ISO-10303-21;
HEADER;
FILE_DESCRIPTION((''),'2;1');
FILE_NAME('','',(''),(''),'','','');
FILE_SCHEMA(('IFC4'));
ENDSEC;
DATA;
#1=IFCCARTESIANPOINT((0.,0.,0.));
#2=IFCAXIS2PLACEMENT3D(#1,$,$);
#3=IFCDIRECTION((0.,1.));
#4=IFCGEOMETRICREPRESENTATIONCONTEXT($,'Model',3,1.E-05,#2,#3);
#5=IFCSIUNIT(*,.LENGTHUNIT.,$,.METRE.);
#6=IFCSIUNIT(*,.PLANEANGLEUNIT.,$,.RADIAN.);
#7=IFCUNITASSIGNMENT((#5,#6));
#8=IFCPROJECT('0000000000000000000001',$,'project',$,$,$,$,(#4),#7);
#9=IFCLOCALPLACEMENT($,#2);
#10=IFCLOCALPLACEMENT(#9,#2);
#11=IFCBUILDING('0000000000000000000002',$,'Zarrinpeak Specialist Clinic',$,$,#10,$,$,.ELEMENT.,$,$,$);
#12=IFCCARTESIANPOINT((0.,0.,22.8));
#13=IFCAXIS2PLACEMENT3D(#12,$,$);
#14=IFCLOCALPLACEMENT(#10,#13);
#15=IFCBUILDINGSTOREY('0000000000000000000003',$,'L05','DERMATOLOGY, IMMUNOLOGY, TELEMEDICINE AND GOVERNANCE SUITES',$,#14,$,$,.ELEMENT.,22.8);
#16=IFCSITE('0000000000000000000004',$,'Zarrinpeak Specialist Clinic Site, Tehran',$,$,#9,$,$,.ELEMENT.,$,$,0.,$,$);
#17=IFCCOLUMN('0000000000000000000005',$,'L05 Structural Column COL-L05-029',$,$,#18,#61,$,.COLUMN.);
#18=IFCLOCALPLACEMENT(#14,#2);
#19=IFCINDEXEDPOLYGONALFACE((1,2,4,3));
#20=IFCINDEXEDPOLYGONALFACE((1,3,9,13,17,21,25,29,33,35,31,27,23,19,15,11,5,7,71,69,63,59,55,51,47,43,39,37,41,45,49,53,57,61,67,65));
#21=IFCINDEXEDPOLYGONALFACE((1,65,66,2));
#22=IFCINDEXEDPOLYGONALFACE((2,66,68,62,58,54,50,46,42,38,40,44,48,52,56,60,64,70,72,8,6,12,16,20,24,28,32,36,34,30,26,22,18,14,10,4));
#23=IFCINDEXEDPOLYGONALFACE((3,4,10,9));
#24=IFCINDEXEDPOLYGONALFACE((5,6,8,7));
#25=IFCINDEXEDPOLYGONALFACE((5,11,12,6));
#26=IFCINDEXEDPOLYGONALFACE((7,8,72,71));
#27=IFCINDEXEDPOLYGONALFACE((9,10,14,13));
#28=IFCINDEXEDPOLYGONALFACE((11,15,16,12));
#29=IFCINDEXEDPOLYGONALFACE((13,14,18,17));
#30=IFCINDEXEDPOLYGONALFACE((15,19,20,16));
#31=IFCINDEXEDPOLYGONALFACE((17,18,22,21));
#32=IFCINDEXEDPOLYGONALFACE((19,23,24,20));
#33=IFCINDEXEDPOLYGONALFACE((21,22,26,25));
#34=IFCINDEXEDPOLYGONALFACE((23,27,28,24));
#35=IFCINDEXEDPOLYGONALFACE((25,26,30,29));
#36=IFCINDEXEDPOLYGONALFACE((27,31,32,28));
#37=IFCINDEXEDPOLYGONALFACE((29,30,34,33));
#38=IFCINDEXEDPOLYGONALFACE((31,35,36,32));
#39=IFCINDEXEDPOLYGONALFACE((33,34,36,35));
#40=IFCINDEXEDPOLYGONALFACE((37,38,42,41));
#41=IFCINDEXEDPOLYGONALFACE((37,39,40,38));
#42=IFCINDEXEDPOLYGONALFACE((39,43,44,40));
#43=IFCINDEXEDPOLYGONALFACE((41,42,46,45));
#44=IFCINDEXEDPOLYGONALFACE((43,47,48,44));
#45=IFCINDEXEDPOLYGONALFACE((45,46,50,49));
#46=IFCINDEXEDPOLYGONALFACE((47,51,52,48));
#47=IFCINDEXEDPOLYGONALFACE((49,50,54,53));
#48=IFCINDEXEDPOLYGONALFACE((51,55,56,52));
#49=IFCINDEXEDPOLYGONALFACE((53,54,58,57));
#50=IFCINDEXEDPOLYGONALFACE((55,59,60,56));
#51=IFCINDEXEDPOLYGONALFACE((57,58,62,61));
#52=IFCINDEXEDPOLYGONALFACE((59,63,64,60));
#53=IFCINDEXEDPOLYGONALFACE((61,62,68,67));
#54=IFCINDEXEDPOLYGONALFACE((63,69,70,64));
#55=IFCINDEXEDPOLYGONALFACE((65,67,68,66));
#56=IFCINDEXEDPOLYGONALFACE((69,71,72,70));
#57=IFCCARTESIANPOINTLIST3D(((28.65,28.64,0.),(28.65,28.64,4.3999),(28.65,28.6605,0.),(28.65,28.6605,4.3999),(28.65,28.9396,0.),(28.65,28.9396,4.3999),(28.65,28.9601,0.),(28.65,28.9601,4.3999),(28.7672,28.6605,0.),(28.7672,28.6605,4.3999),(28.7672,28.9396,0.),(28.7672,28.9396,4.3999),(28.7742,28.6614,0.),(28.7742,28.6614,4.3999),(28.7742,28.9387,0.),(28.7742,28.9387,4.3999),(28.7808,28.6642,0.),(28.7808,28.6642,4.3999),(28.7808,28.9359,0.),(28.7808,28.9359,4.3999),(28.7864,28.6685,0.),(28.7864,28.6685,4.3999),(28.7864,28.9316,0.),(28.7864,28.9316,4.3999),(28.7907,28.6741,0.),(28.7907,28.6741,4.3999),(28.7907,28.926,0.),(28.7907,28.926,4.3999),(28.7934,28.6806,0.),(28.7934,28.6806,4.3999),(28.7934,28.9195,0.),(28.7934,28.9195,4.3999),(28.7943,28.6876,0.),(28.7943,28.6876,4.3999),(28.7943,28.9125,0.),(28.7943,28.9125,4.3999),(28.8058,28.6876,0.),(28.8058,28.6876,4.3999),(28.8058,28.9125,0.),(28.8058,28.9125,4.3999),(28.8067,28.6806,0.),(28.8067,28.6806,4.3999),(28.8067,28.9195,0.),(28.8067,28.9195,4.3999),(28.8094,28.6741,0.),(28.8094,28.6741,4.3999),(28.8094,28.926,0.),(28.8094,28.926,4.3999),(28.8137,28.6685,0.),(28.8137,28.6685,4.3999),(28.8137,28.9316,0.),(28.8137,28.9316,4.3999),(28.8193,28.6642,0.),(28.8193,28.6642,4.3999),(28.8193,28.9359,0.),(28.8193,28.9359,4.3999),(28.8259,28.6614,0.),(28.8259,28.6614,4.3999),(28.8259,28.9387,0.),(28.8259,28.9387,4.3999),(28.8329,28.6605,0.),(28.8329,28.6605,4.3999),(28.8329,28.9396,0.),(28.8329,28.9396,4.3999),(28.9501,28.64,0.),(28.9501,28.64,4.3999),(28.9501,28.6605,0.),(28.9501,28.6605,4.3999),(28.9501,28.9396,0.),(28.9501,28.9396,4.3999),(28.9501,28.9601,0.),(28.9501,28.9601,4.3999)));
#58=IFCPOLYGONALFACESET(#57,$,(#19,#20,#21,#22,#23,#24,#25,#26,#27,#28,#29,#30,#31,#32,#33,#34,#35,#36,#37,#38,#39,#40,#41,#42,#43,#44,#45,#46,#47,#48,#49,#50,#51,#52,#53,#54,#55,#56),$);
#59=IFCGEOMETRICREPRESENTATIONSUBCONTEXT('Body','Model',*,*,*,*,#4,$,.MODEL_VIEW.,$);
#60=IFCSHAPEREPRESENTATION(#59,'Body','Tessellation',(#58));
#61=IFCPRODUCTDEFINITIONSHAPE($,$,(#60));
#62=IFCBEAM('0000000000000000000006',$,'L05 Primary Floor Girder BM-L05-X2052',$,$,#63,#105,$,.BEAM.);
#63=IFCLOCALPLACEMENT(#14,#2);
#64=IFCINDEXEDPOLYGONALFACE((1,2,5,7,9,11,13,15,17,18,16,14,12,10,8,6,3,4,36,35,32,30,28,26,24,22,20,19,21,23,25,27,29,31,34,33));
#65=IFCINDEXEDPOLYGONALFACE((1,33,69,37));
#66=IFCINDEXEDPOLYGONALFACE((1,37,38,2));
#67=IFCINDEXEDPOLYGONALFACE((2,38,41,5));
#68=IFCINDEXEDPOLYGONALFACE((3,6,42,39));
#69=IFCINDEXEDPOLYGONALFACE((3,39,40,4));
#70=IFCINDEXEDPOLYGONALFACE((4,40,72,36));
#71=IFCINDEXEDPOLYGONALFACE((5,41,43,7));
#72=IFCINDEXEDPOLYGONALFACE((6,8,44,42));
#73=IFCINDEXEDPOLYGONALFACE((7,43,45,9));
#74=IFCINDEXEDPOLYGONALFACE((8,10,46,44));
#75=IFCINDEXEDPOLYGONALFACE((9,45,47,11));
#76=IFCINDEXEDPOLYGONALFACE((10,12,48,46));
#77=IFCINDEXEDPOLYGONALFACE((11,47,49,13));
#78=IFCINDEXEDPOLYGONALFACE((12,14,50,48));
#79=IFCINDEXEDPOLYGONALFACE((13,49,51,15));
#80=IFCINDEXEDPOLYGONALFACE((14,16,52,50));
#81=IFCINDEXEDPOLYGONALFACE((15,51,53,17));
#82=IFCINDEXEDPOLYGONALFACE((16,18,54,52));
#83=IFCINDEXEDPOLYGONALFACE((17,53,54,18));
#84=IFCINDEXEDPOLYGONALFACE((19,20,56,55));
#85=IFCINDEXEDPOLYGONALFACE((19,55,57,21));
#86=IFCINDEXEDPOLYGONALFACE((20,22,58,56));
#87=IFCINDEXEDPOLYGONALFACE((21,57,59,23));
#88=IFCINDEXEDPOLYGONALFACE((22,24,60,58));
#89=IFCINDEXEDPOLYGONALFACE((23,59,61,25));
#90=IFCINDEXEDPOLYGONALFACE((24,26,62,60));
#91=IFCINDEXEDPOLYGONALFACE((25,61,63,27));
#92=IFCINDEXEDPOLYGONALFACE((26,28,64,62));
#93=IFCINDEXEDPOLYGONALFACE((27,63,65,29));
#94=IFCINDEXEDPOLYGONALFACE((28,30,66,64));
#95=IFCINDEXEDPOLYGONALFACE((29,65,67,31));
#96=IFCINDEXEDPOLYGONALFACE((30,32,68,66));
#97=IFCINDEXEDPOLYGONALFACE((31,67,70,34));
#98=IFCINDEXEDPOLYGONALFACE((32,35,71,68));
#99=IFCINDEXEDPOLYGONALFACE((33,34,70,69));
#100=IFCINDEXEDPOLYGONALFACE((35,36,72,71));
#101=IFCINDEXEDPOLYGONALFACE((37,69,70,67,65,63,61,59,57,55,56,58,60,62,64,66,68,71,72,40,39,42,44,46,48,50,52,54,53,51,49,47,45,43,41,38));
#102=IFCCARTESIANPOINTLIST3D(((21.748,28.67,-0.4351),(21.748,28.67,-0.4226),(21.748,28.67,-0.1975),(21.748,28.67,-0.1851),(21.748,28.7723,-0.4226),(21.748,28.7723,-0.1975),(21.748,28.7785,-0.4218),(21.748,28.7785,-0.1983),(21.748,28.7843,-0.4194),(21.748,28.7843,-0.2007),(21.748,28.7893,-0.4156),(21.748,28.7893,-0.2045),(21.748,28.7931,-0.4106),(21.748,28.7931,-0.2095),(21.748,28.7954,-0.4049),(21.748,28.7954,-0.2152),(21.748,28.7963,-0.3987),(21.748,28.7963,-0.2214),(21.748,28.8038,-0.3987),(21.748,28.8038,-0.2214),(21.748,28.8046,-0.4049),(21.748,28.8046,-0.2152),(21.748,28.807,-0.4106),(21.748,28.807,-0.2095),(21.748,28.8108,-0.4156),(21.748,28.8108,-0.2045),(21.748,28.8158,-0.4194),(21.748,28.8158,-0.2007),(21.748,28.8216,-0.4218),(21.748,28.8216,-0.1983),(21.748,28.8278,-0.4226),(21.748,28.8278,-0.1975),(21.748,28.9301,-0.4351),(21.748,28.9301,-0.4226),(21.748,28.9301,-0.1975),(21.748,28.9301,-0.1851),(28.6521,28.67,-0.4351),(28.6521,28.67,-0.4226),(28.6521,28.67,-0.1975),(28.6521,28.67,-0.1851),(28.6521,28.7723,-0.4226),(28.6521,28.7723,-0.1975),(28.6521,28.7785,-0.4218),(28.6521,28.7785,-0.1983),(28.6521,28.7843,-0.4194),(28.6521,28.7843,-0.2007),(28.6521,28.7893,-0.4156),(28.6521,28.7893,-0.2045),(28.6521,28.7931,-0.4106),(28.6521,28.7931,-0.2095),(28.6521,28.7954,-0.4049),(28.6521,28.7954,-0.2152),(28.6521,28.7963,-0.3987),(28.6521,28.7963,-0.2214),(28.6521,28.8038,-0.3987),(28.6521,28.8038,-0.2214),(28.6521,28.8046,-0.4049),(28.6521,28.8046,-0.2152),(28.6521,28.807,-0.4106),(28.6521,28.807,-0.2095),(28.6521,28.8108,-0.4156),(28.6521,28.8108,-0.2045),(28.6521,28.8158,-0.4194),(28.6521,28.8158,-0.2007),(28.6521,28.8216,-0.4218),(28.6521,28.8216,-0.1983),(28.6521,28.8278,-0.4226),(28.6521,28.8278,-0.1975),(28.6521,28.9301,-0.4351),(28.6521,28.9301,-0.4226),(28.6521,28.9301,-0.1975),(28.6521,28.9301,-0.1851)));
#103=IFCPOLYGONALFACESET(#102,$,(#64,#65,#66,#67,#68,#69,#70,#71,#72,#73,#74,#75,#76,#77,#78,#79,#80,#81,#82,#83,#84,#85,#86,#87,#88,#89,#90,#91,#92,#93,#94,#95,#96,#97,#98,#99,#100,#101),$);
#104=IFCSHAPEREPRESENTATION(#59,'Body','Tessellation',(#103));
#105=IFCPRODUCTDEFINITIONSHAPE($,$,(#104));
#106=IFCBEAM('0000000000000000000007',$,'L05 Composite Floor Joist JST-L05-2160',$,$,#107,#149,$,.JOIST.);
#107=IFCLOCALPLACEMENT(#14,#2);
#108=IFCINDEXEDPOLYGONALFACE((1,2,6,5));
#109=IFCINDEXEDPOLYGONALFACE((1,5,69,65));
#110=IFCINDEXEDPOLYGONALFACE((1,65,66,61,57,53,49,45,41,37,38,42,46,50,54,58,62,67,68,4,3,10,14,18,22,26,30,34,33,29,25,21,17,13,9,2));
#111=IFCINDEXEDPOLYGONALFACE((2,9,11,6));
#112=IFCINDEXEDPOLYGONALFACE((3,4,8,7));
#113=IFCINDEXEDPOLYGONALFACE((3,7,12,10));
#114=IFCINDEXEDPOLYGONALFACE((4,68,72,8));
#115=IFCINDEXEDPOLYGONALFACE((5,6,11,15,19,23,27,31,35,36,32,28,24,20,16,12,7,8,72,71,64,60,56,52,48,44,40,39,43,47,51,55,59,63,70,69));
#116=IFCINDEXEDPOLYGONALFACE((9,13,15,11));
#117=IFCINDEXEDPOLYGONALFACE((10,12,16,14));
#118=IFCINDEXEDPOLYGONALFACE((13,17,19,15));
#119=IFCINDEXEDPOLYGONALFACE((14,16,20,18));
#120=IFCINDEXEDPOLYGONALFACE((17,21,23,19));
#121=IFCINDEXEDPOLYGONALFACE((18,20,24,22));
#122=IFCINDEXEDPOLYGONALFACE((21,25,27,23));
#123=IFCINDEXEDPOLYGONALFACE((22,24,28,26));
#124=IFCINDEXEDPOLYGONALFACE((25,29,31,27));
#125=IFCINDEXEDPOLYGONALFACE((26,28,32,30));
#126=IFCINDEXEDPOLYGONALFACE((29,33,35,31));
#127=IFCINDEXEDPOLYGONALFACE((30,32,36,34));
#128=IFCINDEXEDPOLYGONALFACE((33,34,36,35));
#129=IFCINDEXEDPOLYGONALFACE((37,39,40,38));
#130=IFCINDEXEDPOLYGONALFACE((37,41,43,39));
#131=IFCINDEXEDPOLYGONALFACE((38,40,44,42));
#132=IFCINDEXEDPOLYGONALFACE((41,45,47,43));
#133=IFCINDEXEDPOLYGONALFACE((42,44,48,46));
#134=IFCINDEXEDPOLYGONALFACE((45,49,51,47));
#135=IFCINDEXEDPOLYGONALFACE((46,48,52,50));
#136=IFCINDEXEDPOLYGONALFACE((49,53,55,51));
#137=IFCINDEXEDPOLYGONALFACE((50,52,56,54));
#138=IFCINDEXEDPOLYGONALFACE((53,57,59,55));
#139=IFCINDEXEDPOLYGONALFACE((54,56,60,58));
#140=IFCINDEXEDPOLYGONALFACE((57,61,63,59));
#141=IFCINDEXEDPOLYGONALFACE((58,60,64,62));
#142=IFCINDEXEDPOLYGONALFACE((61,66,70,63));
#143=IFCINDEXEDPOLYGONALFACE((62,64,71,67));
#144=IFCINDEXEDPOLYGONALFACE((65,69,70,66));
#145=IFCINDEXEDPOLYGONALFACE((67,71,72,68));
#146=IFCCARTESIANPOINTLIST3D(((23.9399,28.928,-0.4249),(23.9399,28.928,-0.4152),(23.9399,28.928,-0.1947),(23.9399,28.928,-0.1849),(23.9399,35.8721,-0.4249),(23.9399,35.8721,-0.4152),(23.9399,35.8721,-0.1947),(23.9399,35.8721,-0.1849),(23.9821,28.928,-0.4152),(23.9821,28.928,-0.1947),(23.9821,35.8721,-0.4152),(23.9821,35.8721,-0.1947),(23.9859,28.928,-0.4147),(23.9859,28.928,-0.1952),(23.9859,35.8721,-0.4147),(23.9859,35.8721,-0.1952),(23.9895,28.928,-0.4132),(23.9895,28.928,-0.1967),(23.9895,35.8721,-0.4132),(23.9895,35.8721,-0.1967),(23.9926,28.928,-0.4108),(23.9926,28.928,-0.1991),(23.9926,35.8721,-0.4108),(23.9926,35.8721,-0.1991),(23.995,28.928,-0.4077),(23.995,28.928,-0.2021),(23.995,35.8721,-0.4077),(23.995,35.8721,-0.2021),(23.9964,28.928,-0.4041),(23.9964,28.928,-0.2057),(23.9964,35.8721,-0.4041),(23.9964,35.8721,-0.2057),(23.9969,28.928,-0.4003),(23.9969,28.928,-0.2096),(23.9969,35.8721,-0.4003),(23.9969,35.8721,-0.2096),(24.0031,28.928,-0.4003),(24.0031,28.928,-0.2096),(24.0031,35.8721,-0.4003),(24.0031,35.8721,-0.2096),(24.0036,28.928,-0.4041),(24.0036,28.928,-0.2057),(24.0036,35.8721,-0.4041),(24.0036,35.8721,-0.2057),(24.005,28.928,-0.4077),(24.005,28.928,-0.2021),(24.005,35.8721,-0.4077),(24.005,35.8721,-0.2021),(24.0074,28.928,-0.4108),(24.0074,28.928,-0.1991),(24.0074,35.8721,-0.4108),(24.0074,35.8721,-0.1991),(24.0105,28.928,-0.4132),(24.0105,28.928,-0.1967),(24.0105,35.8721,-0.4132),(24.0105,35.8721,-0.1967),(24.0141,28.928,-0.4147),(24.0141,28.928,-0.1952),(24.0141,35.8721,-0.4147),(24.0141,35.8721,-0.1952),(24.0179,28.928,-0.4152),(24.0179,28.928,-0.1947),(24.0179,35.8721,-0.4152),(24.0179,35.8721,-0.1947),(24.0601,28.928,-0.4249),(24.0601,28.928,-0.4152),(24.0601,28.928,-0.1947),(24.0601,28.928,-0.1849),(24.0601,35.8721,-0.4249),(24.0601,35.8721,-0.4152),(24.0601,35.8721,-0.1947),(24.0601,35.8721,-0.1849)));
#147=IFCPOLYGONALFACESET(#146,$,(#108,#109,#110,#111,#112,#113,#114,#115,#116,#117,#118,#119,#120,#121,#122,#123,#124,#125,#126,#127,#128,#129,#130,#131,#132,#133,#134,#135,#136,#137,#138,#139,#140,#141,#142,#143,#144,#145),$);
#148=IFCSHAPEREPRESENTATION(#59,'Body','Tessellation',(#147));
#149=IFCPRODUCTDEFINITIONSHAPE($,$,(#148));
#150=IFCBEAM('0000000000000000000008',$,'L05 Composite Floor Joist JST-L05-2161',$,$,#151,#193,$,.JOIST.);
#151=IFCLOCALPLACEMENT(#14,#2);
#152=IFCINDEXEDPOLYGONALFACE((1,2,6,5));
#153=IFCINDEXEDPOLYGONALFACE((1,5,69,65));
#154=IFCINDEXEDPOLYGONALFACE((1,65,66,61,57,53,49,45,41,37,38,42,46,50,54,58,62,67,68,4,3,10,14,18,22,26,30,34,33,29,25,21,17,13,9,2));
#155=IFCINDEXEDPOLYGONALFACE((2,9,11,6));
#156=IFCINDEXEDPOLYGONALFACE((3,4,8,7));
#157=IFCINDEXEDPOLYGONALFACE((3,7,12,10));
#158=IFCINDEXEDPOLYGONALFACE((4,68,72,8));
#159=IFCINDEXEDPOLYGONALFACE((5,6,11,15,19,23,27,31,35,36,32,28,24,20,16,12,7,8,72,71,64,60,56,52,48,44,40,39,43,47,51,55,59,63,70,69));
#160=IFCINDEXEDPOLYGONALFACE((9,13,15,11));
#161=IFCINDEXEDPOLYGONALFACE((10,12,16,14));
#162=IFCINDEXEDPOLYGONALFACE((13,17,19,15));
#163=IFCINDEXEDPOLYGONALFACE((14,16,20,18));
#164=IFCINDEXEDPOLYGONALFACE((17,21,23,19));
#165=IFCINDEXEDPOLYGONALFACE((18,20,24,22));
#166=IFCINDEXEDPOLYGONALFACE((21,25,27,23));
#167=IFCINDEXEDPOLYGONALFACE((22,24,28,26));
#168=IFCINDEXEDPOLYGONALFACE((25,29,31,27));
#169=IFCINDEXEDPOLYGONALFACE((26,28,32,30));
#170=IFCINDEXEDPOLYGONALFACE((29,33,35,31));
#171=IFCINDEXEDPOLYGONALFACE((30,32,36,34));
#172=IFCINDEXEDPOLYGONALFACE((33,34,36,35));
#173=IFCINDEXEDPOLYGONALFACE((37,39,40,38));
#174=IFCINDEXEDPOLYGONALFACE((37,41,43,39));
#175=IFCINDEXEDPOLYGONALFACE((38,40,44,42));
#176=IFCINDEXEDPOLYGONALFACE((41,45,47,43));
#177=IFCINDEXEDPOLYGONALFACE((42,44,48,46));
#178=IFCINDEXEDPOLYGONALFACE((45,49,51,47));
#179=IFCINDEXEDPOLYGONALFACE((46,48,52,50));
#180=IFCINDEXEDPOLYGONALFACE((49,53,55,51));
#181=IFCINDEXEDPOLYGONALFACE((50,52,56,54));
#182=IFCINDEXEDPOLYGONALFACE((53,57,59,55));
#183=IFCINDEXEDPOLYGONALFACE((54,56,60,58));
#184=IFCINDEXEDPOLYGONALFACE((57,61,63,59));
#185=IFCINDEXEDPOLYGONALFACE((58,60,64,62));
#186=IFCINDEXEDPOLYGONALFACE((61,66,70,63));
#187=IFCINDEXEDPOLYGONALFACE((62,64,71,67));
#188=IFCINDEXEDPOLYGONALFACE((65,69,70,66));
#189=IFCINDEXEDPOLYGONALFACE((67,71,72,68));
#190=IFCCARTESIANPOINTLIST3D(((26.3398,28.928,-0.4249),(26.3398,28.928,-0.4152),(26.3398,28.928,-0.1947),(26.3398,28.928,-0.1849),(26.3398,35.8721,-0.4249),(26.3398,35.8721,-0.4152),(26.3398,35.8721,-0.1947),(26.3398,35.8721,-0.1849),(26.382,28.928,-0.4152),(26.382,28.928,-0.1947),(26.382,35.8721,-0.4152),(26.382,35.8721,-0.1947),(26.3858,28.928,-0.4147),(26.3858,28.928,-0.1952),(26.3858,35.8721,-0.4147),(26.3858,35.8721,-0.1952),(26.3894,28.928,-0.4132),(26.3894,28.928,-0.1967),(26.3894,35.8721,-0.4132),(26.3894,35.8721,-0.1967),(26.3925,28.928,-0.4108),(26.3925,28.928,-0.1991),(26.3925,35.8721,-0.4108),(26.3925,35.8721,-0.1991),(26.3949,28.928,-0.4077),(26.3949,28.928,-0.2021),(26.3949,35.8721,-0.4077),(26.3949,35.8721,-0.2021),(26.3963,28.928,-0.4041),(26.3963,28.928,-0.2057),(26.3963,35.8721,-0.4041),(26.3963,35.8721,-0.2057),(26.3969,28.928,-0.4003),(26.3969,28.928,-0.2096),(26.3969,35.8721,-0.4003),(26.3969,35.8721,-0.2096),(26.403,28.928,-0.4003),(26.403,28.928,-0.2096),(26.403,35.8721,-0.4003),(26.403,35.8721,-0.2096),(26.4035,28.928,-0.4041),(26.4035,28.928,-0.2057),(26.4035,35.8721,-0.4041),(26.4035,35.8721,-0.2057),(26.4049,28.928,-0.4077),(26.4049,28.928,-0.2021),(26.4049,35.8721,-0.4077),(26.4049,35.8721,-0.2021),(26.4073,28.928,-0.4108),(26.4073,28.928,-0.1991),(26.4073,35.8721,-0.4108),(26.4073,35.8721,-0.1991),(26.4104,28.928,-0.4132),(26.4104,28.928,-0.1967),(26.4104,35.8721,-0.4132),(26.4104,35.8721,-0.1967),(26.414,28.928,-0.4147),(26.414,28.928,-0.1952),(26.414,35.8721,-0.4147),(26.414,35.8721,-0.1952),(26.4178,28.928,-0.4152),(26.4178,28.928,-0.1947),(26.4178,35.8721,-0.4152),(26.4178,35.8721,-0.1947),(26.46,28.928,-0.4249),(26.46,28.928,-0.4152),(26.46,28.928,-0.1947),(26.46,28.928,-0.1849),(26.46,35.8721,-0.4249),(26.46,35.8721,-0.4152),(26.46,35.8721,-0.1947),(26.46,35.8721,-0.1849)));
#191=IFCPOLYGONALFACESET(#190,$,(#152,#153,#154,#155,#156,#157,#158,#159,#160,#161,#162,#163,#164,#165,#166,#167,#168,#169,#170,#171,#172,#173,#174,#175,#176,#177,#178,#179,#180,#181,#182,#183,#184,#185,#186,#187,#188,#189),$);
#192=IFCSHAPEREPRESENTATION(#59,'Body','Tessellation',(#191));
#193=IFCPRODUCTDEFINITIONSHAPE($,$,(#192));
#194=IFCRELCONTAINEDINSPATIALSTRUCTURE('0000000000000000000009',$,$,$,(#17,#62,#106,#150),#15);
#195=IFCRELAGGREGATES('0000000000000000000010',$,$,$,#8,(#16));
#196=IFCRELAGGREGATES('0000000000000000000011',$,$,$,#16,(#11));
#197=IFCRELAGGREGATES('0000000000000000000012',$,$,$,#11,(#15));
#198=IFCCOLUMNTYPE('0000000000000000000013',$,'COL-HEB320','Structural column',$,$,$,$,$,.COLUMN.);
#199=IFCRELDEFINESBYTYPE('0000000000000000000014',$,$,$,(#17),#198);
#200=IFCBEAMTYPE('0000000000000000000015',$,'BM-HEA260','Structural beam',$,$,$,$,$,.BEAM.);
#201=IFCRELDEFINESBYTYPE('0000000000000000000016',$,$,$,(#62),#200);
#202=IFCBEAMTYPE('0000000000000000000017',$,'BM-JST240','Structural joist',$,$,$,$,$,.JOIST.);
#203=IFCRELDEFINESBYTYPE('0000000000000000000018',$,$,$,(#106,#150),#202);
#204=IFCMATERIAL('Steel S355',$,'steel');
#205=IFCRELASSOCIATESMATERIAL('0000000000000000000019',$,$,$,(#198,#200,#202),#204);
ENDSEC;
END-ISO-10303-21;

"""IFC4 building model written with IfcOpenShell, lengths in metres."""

from ifc_helpers import new_model, si_unit, direction, frame, origin, origin_2d, place, context, subcontext, project, spatial, i_section, extrude, material, material_profile, profile_set, type_object, element, save


model = new_model("IFC4")

# Units and contexts
model_context = context("Model", 3, precision=1e-05, world=origin(), true_north=direction((0.0, 1.0)))
body_context = subcontext(model_context, "Body", "Model", "MODEL_VIEW")
ifc_project = project(units=[si_unit("LENGTHUNIT", "METRE"), si_unit("PLANEANGLEUNIT", "RADIAN")], contexts=[model_context])

# Site, building, storey
site_placement = place(None, origin())
site = spatial("IfcSite", under=ifc_project, at=site_placement, Name="Zarrinpeak Specialist Clinic Site, Tehran", CompositionType="ELEMENT", RefElevation=0.0)
building_placement = place(site_placement, origin())
building = spatial("IfcBuilding", under=site, at=building_placement, Name="Zarrinpeak Specialist Clinic", CompositionType="ELEMENT")
storey_placement = place(building_placement, frame((0.0, 0.0, 22.8)))
storey = spatial("IfcBuildingStorey", under=building, at=storey_placement, Name="L05", Description="DERMATOLOGY, IMMUNOLOGY, TELEMEDICINE AND GOVERNANCE SUITES", CompositionType="ELEMENT", Elevation=22.8)

# Column
ifc_material_1 = material(Name="Steel S355", Category="steel")
ifc_material_profile_1 = material_profile(ifc_material_1, i_section(OverallWidth=0.3, OverallDepth=0.3201, WebThickness=0.0115, FlangeThickness=0.0205, FilletRadius=0.0271, at=origin_2d()), Name="HEB 320")
ifc_profile_set_1 = profile_set([ifc_material_profile_1], Name="Steel S355")
column_type = type_object("IfcColumnType", Name="COL-HEB320", Description="Structural column", PredefinedType="COLUMN", material=ifc_profile_set_1)
column_placement = place(storey_placement, frame((28.8, 28.8, 0.0), z_axis=(0.0, 0.0, 1.0), x_axis=(1.0, 0.0, 0.0)))
element("IfcColumn", 1, at=column_placement, inside=storey, type_object=column_type, Name="L05 Structural Column COL-L05-029", PredefinedType="COLUMN", context=body_context, shape_type="SweptSolid", body=[
    extrude(i_section(OverallWidth=0.3, OverallDepth=0.3201, WebThickness=0.0115, FlangeThickness=0.0205, FilletRadius=0.0271, at=origin_2d()), origin(), (0.0, 0.0, 1.0), 4.3999),
])

# Beams
ifc_material_profile_2 = material_profile(ifc_material_1, i_section(OverallWidth=0.26, OverallDepth=0.25, WebThickness=0.0076, FlangeThickness=0.0125, FilletRadius=0.0239, at=origin_2d()), Name="HEA 260")
ifc_profile_set_2 = profile_set([ifc_material_profile_2], Name="Steel S355")
beam_type_1 = type_object("IfcBeamType", Name="BM-HEA260", Description="Structural beam", PredefinedType="BEAM", material=ifc_profile_set_2)
beam_1_placement = place(storey_placement, frame((21.748, 28.8, -0.3101), z_axis=(1.0, 0.0, 0.0), x_axis=(0.0, 1.0, 0.0)))
element("IfcBeam", 2, at=beam_1_placement, inside=storey, type_object=beam_type_1, Name="L05 Primary Floor Girder BM-L05-X2052", PredefinedType="BEAM", context=body_context, shape_type="SweptSolid", body=[
    extrude(i_section(OverallWidth=0.26, OverallDepth=0.25, WebThickness=0.0076, FlangeThickness=0.0125, FilletRadius=0.0239, at=origin_2d()), origin(), (0.0, 0.0, 1.0), 6.9041),
])
ifc_material_profile_3 = material_profile(ifc_material_1, i_section(OverallWidth=0.1201, OverallDepth=0.24, WebThickness=0.0061, FlangeThickness=0.0098, FilletRadius=0.0149, at=origin_2d()), Name="IPE 240")
ifc_profile_set_3 = profile_set([ifc_material_profile_3], Name="Steel S355")
beam_type_2 = type_object("IfcBeamType", Name="BM-JST240", Description="Structural joist", PredefinedType="JOIST", material=ifc_profile_set_3)
for number, where, z_axis, x_axis, name in (
    (3, (24.0, 28.928, -0.3049), (0.0, 1.0, 0.0), (-1.0, 0.0, 0.0), "L05 Composite Floor Joist JST-L05-2160"),
    (4, (26.3999, 28.928, -0.3049), (0.0, 1.0, 0.0), (-1.0, 0.0, 0.0), "L05 Composite Floor Joist JST-L05-2161"),
):
    element("IfcBeam", number, at=place(storey_placement, frame(where, z_axis=z_axis, x_axis=x_axis)), inside=storey, type_object=beam_type_2, Name=name, PredefinedType="JOIST", context=body_context, shape_type="SweptSolid", body=[
        extrude(i_section(OverallWidth=0.1201, OverallDepth=0.24, WebThickness=0.0061, FlangeThickness=0.0098, FilletRadius=0.0149, at=origin_2d()), origin(), (0.0, 0.0, 1.0), 6.9441),
    ])

save(model, "model.ifc")
